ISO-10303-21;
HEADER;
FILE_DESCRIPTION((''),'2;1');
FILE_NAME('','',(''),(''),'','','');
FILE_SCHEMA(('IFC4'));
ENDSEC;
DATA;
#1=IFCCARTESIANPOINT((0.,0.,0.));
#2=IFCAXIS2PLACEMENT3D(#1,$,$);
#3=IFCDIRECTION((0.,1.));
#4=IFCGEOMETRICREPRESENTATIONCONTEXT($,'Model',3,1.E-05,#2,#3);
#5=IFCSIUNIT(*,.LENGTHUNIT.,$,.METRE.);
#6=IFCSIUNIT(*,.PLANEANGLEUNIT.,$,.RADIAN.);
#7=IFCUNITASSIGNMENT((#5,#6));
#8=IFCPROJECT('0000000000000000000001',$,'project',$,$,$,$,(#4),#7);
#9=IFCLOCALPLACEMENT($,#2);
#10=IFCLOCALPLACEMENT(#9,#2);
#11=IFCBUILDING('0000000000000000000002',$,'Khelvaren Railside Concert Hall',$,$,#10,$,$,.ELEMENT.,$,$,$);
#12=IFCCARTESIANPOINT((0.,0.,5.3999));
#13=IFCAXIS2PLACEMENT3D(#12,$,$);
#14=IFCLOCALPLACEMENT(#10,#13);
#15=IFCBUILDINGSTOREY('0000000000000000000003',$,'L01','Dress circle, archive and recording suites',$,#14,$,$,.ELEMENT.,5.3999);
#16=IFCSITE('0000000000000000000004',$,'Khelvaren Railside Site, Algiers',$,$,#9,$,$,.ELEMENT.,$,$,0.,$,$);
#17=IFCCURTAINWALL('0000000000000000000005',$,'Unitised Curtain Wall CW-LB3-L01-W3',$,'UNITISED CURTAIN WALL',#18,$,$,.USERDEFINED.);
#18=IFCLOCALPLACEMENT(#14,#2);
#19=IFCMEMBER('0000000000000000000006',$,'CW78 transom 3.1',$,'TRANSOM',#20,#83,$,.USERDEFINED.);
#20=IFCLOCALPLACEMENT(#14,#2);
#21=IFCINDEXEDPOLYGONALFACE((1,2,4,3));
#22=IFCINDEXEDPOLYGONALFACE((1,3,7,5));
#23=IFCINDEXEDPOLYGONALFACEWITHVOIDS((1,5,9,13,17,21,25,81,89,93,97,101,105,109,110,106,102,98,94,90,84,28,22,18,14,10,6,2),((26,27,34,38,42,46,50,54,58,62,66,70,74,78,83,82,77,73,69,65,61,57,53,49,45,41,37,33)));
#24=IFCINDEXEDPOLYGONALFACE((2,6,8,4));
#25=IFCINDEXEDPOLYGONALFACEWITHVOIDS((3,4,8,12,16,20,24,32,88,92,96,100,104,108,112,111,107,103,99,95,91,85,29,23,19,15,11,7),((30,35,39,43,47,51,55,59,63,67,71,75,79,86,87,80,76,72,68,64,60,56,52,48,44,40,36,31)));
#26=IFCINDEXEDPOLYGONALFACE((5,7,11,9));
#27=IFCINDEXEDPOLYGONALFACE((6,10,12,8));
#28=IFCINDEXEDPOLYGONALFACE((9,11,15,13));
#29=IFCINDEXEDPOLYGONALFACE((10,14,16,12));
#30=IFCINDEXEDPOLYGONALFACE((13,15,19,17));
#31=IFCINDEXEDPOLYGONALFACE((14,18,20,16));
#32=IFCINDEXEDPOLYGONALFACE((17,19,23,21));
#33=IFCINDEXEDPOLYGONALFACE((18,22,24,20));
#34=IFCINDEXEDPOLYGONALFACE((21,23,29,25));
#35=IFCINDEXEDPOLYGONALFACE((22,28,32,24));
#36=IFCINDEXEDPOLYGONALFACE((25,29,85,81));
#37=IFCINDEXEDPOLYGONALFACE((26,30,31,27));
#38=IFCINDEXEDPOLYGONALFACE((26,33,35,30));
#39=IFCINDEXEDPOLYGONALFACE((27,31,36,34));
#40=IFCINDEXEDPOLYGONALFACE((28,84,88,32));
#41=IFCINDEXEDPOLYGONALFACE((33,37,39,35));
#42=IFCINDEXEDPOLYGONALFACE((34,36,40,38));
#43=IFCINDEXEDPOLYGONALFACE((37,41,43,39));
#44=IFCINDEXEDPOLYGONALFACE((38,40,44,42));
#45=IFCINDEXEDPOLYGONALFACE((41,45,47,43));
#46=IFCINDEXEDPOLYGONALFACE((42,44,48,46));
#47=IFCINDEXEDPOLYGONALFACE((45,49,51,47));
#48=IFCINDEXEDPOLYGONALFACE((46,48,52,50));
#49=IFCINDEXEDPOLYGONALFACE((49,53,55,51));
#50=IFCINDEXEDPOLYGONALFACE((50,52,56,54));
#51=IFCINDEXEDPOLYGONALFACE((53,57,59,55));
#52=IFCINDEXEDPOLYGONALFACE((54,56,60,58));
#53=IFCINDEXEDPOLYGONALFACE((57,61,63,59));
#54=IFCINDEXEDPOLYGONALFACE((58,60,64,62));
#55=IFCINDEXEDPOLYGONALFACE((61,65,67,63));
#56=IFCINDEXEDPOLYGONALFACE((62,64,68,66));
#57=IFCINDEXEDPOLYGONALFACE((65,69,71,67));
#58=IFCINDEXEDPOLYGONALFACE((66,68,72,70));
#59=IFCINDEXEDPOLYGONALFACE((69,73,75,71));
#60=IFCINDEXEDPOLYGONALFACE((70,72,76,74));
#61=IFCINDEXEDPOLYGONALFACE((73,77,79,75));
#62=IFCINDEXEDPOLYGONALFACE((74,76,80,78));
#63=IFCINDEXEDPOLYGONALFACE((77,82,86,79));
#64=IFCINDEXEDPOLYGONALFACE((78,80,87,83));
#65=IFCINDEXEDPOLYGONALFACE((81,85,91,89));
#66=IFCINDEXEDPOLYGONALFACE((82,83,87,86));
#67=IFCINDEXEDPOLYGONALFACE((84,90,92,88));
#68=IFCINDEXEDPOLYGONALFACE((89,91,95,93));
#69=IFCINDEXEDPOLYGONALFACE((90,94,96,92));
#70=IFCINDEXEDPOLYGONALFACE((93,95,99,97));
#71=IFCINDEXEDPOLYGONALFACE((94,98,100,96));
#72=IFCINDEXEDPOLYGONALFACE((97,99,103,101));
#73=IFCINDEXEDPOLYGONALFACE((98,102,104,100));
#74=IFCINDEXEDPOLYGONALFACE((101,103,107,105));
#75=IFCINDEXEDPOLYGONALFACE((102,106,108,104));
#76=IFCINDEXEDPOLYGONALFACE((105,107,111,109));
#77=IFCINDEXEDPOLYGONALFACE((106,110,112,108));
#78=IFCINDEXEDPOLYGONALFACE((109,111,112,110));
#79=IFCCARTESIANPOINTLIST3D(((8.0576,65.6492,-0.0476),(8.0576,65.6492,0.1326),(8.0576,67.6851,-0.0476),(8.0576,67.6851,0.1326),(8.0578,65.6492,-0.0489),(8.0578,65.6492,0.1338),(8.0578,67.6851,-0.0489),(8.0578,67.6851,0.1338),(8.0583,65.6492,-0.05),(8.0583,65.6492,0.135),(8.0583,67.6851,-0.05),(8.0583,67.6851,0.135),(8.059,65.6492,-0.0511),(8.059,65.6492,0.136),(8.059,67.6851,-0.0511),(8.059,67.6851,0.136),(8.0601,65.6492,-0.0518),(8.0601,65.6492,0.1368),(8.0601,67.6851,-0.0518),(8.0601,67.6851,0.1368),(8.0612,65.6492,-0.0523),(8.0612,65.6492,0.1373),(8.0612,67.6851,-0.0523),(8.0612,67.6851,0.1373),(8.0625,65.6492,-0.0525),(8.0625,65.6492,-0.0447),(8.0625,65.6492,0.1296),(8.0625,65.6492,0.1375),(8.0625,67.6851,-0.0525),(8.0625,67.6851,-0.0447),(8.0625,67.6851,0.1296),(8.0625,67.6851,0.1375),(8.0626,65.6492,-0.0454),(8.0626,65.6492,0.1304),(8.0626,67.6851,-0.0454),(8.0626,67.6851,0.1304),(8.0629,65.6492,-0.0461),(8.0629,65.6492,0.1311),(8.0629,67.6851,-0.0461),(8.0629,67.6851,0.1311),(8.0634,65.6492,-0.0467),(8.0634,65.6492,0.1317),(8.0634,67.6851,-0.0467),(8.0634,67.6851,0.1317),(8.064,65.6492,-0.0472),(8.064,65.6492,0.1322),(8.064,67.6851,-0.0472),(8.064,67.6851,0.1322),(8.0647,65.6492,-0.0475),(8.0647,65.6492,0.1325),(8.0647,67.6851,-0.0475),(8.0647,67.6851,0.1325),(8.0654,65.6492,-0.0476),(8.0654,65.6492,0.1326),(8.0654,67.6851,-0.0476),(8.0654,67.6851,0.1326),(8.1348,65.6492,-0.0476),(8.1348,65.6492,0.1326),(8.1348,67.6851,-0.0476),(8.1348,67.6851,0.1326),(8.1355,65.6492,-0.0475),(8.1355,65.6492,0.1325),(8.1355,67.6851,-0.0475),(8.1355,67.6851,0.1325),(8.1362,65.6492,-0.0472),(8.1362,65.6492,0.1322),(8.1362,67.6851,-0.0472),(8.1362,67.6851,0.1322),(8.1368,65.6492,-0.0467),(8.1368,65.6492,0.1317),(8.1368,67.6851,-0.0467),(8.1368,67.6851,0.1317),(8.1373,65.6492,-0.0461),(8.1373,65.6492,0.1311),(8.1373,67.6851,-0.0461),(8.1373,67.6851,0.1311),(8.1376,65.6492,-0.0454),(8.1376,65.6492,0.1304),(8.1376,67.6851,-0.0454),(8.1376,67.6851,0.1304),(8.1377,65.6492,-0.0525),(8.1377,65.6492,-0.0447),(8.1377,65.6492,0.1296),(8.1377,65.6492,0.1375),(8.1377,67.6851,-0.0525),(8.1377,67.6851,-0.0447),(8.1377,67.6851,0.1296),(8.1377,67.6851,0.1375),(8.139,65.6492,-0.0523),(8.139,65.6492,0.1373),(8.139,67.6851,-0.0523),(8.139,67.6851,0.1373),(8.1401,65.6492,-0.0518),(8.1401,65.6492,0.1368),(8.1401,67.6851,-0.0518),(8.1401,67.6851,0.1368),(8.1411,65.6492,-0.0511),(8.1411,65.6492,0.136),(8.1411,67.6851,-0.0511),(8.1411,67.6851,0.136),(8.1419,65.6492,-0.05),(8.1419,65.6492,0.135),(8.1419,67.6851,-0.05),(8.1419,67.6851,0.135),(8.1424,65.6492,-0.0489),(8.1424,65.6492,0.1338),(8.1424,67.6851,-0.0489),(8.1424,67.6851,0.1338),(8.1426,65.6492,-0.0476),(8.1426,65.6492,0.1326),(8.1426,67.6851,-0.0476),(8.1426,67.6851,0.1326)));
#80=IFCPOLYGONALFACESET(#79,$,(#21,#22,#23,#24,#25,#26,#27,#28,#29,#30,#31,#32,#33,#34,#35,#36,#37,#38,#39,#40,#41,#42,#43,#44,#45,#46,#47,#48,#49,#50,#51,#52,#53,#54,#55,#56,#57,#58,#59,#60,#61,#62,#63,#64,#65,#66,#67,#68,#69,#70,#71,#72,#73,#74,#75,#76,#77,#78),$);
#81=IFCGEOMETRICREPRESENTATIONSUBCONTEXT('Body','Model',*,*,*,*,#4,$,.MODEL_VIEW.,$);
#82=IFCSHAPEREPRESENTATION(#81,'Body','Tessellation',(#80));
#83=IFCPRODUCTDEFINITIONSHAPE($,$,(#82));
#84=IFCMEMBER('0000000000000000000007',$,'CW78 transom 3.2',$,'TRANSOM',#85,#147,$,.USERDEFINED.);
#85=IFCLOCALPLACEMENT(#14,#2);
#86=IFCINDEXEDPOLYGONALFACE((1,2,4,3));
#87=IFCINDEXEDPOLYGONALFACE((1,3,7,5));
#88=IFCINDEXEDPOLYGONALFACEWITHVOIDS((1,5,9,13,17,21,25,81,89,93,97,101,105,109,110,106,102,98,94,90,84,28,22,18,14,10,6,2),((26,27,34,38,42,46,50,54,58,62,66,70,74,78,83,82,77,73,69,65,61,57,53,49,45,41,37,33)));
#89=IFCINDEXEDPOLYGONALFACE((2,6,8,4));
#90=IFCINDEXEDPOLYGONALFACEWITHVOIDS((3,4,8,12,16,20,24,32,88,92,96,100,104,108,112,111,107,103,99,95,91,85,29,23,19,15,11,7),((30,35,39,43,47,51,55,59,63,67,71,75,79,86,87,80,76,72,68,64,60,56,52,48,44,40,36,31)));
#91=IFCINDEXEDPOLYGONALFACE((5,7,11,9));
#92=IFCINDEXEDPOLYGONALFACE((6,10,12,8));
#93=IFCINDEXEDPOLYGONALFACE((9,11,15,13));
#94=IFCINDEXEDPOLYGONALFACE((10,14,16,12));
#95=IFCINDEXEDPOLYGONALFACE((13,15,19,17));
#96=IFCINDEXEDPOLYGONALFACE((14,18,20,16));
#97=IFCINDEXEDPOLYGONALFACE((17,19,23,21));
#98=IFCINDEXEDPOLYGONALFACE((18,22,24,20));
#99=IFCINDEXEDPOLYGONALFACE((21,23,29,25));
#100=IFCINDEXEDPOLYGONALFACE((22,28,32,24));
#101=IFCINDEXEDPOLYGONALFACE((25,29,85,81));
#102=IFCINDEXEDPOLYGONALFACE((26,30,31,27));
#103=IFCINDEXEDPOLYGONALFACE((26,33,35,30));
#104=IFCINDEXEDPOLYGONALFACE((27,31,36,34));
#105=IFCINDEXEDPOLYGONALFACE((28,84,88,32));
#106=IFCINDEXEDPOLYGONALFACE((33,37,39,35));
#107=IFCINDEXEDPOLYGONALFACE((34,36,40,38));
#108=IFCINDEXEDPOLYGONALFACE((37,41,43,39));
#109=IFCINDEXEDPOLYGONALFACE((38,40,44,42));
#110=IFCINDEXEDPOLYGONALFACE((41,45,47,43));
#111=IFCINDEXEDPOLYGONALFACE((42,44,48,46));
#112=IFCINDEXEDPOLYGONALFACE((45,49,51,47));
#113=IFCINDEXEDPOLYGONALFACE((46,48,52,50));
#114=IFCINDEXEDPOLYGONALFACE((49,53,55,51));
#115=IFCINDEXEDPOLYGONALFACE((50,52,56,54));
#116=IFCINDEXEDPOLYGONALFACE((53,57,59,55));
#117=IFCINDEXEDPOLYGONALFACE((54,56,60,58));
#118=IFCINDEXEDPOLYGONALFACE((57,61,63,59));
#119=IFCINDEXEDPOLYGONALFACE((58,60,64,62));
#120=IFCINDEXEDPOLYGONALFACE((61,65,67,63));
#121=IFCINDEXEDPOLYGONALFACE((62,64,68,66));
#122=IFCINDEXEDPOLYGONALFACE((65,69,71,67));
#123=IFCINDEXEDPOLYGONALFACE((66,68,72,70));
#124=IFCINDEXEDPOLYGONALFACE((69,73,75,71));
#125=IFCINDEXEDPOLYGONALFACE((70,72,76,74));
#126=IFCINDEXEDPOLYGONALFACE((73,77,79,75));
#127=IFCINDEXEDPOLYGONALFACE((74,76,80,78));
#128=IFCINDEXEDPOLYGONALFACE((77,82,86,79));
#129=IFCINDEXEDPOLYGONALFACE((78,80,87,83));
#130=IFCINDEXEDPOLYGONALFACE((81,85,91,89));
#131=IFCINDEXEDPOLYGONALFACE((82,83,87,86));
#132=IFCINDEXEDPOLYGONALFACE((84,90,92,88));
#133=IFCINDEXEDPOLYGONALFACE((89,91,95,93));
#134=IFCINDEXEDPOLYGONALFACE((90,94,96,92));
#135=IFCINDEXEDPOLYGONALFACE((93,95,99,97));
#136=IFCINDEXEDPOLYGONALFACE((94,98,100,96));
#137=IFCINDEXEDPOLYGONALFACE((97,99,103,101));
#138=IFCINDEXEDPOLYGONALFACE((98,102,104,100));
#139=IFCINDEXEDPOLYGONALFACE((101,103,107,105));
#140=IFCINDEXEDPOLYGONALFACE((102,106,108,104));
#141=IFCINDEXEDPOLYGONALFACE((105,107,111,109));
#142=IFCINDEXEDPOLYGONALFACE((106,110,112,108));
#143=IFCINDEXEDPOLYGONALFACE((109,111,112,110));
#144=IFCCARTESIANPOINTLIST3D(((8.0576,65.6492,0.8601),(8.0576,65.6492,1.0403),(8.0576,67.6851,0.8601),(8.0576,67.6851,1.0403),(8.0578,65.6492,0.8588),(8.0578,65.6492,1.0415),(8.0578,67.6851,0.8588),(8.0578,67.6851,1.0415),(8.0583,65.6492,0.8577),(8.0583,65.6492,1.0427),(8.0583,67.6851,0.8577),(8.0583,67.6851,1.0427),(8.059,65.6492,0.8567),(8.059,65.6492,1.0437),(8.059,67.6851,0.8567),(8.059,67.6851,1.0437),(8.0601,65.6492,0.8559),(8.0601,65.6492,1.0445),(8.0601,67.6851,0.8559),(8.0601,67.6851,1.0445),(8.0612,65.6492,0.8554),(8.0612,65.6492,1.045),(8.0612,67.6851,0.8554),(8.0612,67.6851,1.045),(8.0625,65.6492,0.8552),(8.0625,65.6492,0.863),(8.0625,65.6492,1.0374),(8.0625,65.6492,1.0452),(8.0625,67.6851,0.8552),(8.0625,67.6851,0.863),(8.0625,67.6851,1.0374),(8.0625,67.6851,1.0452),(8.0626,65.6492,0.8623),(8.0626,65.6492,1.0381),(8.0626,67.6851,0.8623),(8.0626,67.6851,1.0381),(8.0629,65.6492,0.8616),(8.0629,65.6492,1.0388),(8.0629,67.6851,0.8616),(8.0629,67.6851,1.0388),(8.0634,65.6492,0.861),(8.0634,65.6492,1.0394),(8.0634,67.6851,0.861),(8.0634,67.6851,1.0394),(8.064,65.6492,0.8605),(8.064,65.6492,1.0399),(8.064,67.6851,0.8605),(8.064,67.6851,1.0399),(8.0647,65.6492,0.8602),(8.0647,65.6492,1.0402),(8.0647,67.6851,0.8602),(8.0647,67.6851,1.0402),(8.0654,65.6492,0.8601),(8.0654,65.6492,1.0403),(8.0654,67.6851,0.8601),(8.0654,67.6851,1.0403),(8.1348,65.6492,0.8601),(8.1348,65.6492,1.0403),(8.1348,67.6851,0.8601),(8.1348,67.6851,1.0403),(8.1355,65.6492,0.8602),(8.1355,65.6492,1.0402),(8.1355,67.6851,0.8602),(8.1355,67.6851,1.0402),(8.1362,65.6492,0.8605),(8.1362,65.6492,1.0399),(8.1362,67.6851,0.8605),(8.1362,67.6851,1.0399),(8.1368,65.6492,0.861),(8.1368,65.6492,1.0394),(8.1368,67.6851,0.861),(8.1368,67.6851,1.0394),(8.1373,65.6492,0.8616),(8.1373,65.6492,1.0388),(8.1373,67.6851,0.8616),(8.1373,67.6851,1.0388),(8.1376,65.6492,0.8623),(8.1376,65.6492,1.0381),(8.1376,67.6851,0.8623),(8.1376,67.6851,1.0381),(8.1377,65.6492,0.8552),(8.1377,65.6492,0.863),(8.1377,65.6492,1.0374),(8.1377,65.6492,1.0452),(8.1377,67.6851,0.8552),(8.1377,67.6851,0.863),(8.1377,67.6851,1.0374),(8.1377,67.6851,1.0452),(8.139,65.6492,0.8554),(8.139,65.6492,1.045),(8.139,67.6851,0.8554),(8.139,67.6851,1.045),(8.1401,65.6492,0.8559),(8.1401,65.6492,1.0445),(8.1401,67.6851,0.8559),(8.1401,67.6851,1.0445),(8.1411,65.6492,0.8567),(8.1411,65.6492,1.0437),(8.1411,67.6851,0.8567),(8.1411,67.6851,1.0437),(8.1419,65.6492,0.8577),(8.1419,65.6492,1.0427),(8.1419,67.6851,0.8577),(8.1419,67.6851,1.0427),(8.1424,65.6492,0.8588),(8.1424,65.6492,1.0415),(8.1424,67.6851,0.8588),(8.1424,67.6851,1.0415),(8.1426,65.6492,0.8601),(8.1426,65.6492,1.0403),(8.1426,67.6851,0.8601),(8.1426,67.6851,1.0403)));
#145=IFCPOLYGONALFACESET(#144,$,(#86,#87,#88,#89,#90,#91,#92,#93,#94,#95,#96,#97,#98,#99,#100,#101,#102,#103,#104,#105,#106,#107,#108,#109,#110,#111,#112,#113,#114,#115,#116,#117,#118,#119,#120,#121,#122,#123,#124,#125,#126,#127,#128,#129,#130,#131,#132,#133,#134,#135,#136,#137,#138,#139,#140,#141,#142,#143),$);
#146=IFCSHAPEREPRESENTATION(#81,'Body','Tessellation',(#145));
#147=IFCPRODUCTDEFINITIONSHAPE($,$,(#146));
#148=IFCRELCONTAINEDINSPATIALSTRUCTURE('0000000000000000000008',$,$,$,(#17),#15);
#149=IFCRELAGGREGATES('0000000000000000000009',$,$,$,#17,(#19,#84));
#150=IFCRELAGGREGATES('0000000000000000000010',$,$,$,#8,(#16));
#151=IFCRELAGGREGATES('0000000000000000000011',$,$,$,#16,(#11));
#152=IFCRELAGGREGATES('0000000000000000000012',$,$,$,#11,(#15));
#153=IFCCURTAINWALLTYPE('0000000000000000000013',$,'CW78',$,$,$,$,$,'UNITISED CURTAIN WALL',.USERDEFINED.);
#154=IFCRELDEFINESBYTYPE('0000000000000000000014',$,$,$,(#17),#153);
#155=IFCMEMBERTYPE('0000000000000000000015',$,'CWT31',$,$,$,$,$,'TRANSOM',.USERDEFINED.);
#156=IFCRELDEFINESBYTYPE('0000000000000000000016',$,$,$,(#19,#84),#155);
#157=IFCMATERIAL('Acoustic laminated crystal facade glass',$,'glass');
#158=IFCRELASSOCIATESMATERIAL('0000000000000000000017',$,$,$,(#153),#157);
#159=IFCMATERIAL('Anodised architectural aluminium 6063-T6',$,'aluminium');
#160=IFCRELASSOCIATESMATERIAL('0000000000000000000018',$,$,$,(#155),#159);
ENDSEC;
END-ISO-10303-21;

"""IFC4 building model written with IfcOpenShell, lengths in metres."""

from ifc_helpers import new_model, si_unit, direction, frame, origin, origin_2d, place, context, subcontext, project, spatial, hollow_rectangle, extrude, material, material_profile, profile_set, type_object, element, aggregate, save


model = new_model("IFC4")

# Units and contexts
model_context = context("Model", 3, precision=1e-05, world=origin(), true_north=direction((0.0, 1.0)))
body_context = subcontext(model_context, "Body", "Model", "MODEL_VIEW")
ifc_project = project(units=[si_unit("LENGTHUNIT", "METRE"), si_unit("PLANEANGLEUNIT", "RADIAN")], contexts=[model_context])

# Site, building, storey
site_placement = place(None, origin())
site = spatial("IfcSite", under=ifc_project, at=site_placement, Name="Khelvaren Railside Site, Algiers", CompositionType="ELEMENT", RefElevation=0.0)
building_placement = place(site_placement, origin())
building = spatial("IfcBuilding", under=site, at=building_placement, Name="Khelvaren Railside Concert Hall", CompositionType="ELEMENT")
storey_placement = place(building_placement, frame((0.0, 0.0, 5.3999)))
storey = spatial("IfcBuildingStorey", under=building, at=storey_placement, Name="L01", Description="Dress circle, archive and recording suites", CompositionType="ELEMENT", Elevation=5.3999)

# Curtain wall, members
ifc_material_1 = material(Name="Acoustic laminated crystal facade glass", Category="glass")
curtain_wall_type = type_object("IfcCurtainWallType", Name="CW78", ElementType="UNITISED CURTAIN WALL", PredefinedType="USERDEFINED", material=ifc_material_1)
curtain_wall_placement = place(storey_placement, origin())
curtain_wall = element("IfcCurtainWall", 1, at=curtain_wall_placement, inside=storey, type_object=curtain_wall_type, Name="Unitised Curtain Wall CW-LB3-L01-W3", ObjectType="UNITISED CURTAIN WALL", PredefinedType="USERDEFINED")
ifc_material_2 = material(Name="Anodised architectural aluminium 6063-T6", Category="aluminium")
ifc_material_profile_1 = material_profile(ifc_material_2, hollow_rectangle(XDim=0.085, YDim=0.1899, WallThickness=0.0049, InnerFilletRadius=0.0029, OuterFilletRadius=0.0049, at=origin_2d()), Name="CWT 85x190x5")
ifc_profile_set_1 = profile_set([ifc_material_profile_1], Name="Anodised architectural aluminium 6063-T6")
member_type_1 = type_object("IfcMemberType", Name="CWT31", ElementType="TRANSOM", PredefinedType="USERDEFINED", material=ifc_profile_set_1)
member_1_placement = place(storey_placement, frame((8.1001, 65.6492, 0.0425), z_axis=(0.0, 1.0, 0.0), x_axis=(-1.0, 0.0, 0.0)))
member_1 = element("IfcMember", 2, at=member_1_placement, type_object=member_type_1, Name="CW78 transom 3.1", ObjectType="TRANSOM", PredefinedType="USERDEFINED", context=body_context, shape_type="SweptSolid", body=[
    extrude(hollow_rectangle(XDim=0.085, YDim=0.1899, WallThickness=0.0049, InnerFilletRadius=0.0029, OuterFilletRadius=0.0049, at=origin_2d()), origin(), (0.0, 0.0, 1.0), 2.0359),
])
member_2_placement = place(storey_placement, frame((8.1001, 65.6492, 0.9502), z_axis=(0.0, 1.0, 0.0), x_axis=(-1.0, 0.0, 0.0)))
member_2 = element("IfcMember", 3, at=member_2_placement, type_object=member_type_1, Name="CW78 transom 3.2", ObjectType="TRANSOM", PredefinedType="USERDEFINED", context=body_context, shape_type="SweptSolid", body=[
    extrude(hollow_rectangle(XDim=0.085, YDim=0.1899, WallThickness=0.0049, InnerFilletRadius=0.0029, OuterFilletRadius=0.0049, at=origin_2d()), origin(), (0.0, 0.0, 1.0), 2.0359),
])

aggregate(curtain_wall, [member_1, member_2])

save(model, "model.ifc")
